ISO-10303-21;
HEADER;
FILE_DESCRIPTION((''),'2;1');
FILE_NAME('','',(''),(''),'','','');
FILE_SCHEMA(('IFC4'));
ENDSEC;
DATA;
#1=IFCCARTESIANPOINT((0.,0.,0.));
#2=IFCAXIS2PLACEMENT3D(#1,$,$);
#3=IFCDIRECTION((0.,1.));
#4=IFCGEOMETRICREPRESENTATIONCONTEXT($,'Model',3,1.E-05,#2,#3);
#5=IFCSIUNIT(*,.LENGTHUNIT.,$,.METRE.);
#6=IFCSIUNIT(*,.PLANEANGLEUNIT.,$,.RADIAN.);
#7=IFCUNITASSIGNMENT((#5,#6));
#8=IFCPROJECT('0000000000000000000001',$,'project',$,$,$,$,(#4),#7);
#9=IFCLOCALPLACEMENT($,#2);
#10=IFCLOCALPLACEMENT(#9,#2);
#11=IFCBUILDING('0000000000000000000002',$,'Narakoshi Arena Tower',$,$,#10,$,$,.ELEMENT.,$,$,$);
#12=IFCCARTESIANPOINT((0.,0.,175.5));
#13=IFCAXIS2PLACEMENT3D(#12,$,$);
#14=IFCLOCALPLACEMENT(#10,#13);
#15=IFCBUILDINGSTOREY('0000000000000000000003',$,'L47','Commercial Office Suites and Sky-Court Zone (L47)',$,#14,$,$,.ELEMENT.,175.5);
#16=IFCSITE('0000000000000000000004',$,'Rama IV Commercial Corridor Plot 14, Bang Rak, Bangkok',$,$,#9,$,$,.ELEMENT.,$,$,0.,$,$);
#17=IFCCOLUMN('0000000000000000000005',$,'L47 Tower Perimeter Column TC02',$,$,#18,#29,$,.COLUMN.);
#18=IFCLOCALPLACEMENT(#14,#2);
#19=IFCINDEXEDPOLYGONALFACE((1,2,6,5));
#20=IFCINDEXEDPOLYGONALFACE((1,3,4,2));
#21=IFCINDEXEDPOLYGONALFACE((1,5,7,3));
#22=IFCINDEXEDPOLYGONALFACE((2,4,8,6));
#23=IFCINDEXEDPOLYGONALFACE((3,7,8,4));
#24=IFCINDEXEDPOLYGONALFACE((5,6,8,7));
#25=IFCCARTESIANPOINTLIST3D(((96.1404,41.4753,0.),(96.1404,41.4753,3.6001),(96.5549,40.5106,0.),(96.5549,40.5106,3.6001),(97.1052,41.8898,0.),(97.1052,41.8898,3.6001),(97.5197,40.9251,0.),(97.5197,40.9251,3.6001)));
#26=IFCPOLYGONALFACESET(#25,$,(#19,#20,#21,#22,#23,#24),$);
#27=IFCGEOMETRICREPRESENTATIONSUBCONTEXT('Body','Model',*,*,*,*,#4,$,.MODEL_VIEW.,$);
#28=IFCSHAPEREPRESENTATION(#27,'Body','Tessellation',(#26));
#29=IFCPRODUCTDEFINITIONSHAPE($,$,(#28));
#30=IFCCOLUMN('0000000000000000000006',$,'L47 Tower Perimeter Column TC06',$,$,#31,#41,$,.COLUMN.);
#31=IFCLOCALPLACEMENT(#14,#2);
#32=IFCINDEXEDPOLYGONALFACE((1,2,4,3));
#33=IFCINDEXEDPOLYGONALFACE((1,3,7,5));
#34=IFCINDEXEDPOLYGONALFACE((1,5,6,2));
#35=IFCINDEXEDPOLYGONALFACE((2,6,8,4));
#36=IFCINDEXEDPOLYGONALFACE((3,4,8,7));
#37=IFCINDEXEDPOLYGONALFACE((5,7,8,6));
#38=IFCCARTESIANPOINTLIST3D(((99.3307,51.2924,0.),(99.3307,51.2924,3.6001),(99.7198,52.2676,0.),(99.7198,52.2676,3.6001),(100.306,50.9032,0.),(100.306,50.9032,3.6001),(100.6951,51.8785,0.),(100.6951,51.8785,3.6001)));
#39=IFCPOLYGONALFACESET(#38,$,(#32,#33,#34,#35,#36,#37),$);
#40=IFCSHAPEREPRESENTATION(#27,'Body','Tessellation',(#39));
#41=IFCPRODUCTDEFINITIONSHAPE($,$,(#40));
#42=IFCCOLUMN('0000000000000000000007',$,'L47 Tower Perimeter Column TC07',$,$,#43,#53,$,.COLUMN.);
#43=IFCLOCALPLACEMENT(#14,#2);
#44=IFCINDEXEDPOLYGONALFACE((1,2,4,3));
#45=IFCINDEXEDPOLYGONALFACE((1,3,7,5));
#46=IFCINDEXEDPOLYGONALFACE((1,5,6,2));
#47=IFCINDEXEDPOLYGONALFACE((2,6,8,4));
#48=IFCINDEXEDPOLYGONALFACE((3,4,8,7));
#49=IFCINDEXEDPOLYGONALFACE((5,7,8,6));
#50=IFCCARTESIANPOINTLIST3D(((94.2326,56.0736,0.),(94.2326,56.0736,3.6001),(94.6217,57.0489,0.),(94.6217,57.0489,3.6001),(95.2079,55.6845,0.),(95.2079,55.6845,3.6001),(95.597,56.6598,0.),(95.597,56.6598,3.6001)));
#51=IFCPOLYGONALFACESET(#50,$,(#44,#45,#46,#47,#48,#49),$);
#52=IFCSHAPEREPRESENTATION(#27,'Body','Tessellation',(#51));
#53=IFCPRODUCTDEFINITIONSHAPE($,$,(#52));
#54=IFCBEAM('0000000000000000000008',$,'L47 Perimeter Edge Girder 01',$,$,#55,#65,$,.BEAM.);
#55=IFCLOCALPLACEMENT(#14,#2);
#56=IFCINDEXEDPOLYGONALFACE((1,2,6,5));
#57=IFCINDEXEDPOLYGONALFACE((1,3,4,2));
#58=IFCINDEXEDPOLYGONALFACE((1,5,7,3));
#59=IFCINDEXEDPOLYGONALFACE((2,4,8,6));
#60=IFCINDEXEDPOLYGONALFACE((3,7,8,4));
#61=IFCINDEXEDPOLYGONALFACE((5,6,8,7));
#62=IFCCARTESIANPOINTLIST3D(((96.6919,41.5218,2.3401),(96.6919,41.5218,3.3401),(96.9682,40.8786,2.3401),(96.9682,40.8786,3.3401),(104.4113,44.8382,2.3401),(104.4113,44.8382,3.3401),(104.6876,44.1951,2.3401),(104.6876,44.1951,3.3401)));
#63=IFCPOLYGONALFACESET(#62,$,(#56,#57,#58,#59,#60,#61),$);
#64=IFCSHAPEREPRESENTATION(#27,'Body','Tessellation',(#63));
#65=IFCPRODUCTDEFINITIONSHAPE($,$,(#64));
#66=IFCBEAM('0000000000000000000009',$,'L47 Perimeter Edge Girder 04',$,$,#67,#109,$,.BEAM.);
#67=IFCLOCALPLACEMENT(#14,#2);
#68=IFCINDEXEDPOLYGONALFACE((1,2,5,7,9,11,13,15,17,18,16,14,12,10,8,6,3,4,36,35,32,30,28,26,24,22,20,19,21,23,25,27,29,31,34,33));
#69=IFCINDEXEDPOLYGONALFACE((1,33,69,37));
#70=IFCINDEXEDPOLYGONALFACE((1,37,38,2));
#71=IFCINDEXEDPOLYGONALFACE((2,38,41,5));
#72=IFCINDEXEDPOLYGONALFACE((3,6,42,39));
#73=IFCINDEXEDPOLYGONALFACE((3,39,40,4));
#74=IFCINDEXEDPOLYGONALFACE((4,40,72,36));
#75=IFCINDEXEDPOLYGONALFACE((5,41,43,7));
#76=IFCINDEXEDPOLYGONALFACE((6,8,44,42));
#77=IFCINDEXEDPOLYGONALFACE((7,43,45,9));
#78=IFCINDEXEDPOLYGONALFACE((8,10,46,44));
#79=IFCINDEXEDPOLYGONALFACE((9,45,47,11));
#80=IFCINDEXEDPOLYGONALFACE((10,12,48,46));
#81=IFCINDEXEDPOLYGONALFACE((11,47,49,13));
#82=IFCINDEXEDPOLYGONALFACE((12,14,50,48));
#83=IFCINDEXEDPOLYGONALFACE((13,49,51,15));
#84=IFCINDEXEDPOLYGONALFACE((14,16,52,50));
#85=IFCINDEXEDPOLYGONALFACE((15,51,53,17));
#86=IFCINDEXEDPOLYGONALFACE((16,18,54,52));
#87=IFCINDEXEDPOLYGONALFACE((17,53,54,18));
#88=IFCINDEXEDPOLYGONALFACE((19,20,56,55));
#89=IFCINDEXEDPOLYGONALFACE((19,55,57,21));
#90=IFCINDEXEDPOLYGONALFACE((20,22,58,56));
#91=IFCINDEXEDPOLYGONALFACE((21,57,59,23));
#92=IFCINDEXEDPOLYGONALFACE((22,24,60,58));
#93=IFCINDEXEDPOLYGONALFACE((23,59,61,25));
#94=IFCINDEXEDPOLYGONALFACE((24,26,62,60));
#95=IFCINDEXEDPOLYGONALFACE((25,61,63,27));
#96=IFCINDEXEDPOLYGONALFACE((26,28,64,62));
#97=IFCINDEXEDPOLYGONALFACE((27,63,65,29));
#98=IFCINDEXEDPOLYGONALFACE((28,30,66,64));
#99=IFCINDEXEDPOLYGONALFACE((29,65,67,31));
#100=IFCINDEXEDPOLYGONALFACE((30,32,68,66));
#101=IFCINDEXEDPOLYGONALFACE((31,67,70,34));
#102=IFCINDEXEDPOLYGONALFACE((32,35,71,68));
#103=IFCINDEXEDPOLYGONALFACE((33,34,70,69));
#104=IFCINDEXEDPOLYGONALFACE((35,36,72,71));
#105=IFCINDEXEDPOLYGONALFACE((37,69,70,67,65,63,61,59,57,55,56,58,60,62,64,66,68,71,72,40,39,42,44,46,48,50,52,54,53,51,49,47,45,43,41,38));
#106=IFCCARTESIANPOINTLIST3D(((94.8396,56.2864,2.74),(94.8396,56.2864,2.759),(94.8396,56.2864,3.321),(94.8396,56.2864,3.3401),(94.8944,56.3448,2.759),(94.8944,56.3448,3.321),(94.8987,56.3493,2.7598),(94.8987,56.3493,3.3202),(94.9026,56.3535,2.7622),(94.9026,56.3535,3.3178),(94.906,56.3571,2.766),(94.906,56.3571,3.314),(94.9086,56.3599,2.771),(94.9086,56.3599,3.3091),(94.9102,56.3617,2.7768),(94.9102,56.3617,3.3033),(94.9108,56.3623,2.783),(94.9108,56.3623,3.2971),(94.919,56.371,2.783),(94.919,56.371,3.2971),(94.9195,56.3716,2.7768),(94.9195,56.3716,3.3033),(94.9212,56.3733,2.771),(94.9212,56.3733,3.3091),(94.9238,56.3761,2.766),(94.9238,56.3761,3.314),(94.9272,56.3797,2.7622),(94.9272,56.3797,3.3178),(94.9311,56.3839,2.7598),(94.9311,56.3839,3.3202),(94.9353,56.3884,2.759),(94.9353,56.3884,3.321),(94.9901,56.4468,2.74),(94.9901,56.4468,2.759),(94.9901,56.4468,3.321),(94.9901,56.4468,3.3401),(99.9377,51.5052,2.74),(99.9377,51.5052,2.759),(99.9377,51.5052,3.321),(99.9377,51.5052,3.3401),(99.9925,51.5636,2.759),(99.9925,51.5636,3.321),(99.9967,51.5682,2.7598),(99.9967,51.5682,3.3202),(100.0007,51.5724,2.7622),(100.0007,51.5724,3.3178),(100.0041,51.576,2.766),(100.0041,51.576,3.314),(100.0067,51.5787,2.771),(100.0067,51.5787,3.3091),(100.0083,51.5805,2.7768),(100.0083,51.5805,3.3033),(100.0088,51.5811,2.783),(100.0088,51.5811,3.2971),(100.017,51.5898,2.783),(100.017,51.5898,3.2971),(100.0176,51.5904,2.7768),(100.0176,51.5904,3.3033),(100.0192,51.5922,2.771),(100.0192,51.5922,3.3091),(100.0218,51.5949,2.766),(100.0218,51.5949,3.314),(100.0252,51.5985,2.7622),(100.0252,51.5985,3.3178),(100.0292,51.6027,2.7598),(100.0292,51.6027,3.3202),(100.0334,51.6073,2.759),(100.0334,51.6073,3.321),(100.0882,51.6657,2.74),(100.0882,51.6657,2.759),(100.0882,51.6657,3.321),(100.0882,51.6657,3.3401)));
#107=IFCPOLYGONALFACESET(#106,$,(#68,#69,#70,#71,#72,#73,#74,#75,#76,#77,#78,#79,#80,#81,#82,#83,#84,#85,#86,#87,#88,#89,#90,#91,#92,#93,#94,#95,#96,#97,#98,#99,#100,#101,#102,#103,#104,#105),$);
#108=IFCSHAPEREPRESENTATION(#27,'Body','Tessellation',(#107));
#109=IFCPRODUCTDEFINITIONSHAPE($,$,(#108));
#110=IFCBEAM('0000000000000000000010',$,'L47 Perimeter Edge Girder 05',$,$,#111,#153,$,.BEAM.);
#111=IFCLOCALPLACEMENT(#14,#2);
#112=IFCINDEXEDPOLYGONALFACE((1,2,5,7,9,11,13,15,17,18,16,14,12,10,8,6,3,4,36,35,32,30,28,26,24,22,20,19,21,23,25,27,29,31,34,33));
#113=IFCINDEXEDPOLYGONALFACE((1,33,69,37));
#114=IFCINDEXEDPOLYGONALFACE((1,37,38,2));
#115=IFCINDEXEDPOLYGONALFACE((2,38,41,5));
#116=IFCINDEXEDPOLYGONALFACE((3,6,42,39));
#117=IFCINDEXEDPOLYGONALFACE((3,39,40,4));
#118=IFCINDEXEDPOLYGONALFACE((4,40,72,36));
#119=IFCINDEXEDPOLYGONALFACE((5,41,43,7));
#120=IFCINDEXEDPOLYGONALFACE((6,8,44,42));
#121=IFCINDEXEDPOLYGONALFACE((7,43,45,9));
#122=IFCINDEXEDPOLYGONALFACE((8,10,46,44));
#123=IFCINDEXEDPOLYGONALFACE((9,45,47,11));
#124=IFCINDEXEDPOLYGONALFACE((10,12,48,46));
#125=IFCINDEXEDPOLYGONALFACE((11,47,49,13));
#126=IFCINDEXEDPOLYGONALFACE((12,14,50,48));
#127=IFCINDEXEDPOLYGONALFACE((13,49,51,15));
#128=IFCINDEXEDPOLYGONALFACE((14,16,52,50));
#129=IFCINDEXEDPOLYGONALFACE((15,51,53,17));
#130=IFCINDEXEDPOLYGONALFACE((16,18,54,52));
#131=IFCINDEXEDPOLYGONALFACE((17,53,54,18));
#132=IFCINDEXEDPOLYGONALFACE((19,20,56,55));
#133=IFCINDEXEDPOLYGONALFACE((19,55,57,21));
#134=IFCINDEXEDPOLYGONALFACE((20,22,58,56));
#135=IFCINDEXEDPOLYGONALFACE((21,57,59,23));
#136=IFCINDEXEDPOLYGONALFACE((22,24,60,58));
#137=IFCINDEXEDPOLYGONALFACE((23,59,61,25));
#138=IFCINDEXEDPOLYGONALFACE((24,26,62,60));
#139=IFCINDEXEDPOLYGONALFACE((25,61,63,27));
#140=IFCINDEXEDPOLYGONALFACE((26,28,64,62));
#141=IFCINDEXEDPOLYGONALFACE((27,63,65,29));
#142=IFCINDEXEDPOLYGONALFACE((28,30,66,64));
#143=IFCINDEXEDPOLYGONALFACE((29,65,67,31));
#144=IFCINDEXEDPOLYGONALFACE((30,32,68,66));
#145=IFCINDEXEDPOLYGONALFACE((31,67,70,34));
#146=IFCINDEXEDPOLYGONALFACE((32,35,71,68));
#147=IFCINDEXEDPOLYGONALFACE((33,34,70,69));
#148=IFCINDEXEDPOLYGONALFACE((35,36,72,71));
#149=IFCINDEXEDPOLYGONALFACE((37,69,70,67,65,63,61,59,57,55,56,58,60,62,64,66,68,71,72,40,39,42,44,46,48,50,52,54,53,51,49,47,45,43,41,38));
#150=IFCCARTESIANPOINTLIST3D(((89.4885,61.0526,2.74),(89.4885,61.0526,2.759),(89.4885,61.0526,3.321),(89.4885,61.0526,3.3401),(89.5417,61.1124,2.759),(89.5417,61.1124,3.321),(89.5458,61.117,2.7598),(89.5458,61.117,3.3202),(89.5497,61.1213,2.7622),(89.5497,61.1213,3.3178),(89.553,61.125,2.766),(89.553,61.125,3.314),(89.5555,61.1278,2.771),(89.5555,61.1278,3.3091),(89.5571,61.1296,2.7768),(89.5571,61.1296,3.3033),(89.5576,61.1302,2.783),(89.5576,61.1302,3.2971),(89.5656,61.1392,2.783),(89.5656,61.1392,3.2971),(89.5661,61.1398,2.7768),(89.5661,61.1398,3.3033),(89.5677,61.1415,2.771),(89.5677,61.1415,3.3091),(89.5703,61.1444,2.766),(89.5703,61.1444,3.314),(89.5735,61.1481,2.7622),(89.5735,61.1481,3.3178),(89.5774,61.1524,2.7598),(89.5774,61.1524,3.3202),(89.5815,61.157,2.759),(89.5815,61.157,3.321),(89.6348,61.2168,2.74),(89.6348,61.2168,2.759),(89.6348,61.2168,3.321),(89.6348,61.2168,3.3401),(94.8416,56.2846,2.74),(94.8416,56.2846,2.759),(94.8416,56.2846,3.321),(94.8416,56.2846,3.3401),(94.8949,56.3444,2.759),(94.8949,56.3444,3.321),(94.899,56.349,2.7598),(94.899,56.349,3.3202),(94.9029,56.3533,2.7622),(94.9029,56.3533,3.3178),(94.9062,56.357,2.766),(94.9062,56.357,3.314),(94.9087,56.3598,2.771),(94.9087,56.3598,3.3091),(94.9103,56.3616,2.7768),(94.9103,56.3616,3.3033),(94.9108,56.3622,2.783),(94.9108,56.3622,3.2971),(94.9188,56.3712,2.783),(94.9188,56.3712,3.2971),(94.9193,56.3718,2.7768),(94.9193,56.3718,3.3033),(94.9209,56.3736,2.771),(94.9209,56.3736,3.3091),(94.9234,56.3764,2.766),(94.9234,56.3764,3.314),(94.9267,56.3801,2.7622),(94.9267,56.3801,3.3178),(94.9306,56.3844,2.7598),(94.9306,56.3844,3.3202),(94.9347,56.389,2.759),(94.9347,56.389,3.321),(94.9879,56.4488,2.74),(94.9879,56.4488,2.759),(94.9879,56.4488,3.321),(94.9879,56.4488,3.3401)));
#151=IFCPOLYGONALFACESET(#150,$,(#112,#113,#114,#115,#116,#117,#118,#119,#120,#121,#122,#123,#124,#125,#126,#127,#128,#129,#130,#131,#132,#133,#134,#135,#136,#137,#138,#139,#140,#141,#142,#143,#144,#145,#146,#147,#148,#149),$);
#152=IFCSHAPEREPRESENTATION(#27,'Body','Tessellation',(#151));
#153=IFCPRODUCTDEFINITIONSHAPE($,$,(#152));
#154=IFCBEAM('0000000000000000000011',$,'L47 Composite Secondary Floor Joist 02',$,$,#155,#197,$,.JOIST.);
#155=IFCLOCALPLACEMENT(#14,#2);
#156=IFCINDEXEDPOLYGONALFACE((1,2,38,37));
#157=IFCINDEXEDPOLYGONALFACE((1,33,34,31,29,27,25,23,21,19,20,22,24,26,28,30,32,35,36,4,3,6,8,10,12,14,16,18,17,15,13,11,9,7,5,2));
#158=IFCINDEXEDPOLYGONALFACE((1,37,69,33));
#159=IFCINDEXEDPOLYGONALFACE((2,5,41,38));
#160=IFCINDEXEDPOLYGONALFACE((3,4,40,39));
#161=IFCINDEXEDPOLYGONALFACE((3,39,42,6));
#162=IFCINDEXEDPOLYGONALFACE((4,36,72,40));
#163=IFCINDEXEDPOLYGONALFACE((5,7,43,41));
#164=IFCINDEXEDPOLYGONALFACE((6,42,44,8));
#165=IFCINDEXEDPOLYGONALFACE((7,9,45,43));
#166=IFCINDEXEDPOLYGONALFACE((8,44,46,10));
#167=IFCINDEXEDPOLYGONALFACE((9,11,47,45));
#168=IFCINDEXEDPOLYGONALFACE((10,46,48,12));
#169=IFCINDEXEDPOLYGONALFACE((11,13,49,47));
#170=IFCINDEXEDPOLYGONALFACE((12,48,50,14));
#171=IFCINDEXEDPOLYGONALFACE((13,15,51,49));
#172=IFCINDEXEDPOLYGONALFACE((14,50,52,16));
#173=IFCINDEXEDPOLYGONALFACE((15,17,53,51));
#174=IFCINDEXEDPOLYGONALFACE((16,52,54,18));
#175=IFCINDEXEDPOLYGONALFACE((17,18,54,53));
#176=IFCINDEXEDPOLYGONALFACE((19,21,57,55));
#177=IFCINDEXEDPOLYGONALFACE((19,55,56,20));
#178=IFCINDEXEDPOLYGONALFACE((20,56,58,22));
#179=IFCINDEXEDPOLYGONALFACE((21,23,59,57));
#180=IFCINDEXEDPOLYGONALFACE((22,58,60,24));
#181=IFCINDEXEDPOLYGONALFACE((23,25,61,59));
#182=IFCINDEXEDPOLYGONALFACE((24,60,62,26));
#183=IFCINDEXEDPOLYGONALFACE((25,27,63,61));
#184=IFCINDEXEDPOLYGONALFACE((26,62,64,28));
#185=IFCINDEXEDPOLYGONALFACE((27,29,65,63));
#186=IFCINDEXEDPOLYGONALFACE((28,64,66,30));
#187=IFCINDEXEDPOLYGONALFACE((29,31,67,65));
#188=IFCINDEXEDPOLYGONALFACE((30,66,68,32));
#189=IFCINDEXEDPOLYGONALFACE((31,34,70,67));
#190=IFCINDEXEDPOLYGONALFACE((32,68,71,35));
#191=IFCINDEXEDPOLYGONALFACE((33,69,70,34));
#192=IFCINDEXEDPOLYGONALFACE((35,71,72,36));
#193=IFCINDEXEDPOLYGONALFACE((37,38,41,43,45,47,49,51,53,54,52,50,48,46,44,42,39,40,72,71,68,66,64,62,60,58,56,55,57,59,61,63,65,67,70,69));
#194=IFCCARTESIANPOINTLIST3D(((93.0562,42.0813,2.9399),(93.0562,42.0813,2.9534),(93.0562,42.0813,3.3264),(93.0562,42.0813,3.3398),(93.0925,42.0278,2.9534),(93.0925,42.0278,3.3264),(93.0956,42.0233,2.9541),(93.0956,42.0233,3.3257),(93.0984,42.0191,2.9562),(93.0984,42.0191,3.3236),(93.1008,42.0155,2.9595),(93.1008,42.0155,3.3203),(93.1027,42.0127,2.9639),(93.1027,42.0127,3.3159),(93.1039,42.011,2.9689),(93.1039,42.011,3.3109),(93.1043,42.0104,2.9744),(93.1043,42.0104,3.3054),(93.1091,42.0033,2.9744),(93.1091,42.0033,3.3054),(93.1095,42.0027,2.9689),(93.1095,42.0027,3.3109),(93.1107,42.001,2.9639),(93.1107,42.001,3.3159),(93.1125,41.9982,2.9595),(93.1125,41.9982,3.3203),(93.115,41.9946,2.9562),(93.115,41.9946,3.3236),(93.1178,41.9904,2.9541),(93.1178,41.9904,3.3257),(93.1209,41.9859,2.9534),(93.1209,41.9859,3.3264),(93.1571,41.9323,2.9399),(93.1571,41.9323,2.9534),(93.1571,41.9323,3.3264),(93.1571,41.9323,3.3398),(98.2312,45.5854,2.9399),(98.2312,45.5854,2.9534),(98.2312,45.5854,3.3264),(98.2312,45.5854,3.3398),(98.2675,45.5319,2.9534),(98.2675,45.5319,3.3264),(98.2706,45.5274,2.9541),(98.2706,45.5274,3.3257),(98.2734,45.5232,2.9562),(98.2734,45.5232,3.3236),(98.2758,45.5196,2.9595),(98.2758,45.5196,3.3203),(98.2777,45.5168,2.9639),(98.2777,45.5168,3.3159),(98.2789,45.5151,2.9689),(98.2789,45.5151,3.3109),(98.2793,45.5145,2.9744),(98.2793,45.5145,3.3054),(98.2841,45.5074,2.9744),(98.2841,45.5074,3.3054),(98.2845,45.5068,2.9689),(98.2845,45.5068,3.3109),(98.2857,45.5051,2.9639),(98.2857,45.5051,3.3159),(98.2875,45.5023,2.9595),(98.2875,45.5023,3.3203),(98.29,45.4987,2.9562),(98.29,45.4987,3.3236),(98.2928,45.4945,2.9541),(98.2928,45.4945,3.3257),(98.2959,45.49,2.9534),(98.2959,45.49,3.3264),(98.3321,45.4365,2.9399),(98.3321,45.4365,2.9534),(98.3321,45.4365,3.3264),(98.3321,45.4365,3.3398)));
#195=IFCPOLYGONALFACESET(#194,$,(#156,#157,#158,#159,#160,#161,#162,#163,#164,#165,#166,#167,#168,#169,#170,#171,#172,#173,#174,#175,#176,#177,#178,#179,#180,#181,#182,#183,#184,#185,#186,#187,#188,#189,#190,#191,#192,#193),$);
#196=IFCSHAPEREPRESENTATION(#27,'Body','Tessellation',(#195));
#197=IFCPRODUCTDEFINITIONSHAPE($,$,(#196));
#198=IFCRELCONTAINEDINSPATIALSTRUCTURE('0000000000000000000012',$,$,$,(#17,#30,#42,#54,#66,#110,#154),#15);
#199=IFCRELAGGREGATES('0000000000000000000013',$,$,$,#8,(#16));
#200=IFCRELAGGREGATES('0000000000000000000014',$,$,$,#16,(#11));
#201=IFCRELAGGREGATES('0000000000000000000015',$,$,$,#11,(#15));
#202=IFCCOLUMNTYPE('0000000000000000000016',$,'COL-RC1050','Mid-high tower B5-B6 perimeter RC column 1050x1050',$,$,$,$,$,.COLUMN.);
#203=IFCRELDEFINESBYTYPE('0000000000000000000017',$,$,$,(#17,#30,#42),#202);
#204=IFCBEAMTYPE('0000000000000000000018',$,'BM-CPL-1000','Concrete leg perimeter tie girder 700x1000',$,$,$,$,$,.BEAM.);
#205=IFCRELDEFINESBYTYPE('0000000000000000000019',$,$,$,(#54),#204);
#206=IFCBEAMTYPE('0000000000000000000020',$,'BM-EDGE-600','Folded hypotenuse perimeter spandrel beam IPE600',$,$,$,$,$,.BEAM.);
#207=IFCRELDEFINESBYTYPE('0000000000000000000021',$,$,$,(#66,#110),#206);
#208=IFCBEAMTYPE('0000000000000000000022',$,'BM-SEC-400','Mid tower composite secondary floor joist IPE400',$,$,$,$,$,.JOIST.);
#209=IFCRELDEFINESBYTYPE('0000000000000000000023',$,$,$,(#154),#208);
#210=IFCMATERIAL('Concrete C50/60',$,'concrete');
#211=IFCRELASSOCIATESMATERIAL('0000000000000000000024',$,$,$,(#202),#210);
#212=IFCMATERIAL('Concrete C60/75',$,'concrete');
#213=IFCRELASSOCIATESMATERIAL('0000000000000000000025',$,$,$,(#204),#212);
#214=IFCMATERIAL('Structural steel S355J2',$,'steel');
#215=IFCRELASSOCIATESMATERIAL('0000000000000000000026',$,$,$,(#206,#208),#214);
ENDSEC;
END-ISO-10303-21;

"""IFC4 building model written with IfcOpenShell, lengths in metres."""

from ifc_helpers import new_model, si_unit, direction, frame, origin, origin_2d, place, context, subcontext, project, spatial, rectangle, i_section, extrude, material, material_profile, profile_set, type_object, element, save


model = new_model("IFC4")

# Units and contexts
model_context = context("Model", 3, precision=1e-05, world=origin(), true_north=direction((0.0, 1.0)))
body_context = subcontext(model_context, "Body", "Model", "MODEL_VIEW")
ifc_project = project(units=[si_unit("LENGTHUNIT", "METRE"), si_unit("PLANEANGLEUNIT", "RADIAN")], contexts=[model_context])

# Site, building, storey
site_placement = place(None, origin())
site = spatial("IfcSite", under=ifc_project, at=site_placement, Name="Rama IV Commercial Corridor Plot 14, Bang Rak, Bangkok", CompositionType="ELEMENT", RefElevation=0.0)
building_placement = place(site_placement, origin())
building = spatial("IfcBuilding", under=site, at=building_placement, Name="Narakoshi Arena Tower", CompositionType="ELEMENT")
storey_placement = place(building_placement, frame((0.0, 0.0, 175.5)))
storey = spatial("IfcBuildingStorey", under=building, at=storey_placement, Name="L47", Description="Commercial Office Suites and Sky-Court Zone (L47)", CompositionType="ELEMENT", Elevation=175.5)

# Columns
ifc_material_1 = material(Name="Concrete C50/60", Category="concrete")
ifc_material_profile_1 = material_profile(ifc_material_1, rectangle(XDim=1.05, YDim=1.05, at=origin_2d()), Name="RC1050x1050")
ifc_profile_set_1 = profile_set([ifc_material_profile_1], Name="Concrete C50/60")
column_type = type_object("IfcColumnType", Name="COL-RC1050", Description="Mid-high tower B5-B6 perimeter RC column 1050x1050", PredefinedType="COLUMN", material=ifc_profile_set_1)
for number, where, z_axis, x_axis, name in (
    (1, (96.8301, 41.2002, 0.0), (0.0, 0.0, 1.0), (0.918791, 0.394744, 0.0), "L47 Tower Perimeter Column TC02"),
    (2, (100.0129, 51.5854, 0.0), (0.0, 0.0, 1.0), (0.370557, 0.92881, 0.0), "L47 Tower Perimeter Column TC06"),
    (3, (94.9148, 56.3667, 0.0), (0.0, 0.0, 1.0), (0.370557, 0.92881, 0.0), "L47 Tower Perimeter Column TC07"),
):
    element("IfcColumn", number, at=place(storey_placement, frame(where, z_axis=z_axis, x_axis=x_axis)), inside=storey, type_object=column_type, Name=name, PredefinedType="COLUMN", context=body_context, shape_type="SweptSolid", body=[
        extrude(rectangle(XDim=1.05, YDim=1.05, at=origin_2d()), origin(), (0.0, 0.0, 1.0), 3.6001),
    ])

# Beams
ifc_material_2 = material(Name="Concrete C60/75", Category="concrete")
ifc_material_profile_2 = material_profile(ifc_material_2, rectangle(XDim=0.7, YDim=1.0, at=origin_2d()), Name="RCB700x1000")
ifc_profile_set_2 = profile_set([ifc_material_profile_2], Name="Concrete C60/75")
beam_type_1 = type_object("IfcBeamType", Name="BM-CPL-1000", Description="Concrete leg perimeter tie girder 700x1000", PredefinedType="BEAM", material=ifc_profile_set_2)
beam_1_placement = place(storey_placement, frame((96.8301, 41.2002, 2.8401), z_axis=(0.918793, 0.39474, 0.0), x_axis=(-0.39474, 0.918793, 0.0)))
element("IfcBeam", 4, at=beam_1_placement, inside=storey, type_object=beam_type_1, Name="L47 Perimeter Edge Girder 01", PredefinedType="BEAM", context=body_context, shape_type="SweptSolid", body=[
    extrude(rectangle(XDim=0.7, YDim=1.0, at=origin_2d()), origin(), (0.0, 0.0, 1.0), 8.4016),
])
ifc_material_3 = material(Name="Structural steel S355J2", Category="steel")
ifc_material_profile_3 = material_profile(ifc_material_3, i_section(OverallWidth=0.22, OverallDepth=0.6001, WebThickness=0.012, FlangeThickness=0.019, FilletRadius=0.0239, at=origin_2d()), Name="IPE600")
ifc_profile_set_3 = profile_set([ifc_material_profile_3], Name="Structural steel S355J2")
beam_type_2 = type_object("IfcBeamType", Name="BM-EDGE-600", Description="Folded hypotenuse perimeter spandrel beam IPE600", PredefinedType="BEAM", material=ifc_profile_set_3)
beam_2_placement = place(storey_placement, frame((100.0129, 51.5854, 3.04), z_axis=(-0.729413, 0.684074, 0.0), x_axis=(-0.684074, -0.729413, 0.0)))
element("IfcBeam", 5, at=beam_2_placement, inside=storey, type_object=beam_type_2, Name="L47 Perimeter Edge Girder 04", PredefinedType="BEAM", context=body_context, shape_type="SweptSolid", body=[
    extrude(i_section(OverallWidth=0.22, OverallDepth=0.6001, WebThickness=0.012, FlangeThickness=0.019, FilletRadius=0.0239, at=origin_2d()), origin(), (0.0, 0.0, 1.0), 6.9893),
])
beam_3_placement = place(storey_placement, frame((94.9148, 56.3667, 3.04), z_axis=(-0.746744, 0.665112, 0.0), x_axis=(-0.665112, -0.746744, 0.0)))
element("IfcBeam", 6, at=beam_3_placement, inside=storey, type_object=beam_type_2, Name="L47 Perimeter Edge Girder 05", PredefinedType="BEAM", context=body_context, shape_type="SweptSolid", body=[
    extrude(i_section(OverallWidth=0.22, OverallDepth=0.6001, WebThickness=0.012, FlangeThickness=0.019, FilletRadius=0.0239, at=origin_2d()), origin(), (0.0, 0.0, 1.0), 7.1687),
])
ifc_material_profile_4 = material_profile(ifc_material_3, i_section(OverallWidth=0.1799, OverallDepth=0.3999, WebThickness=0.0085, FlangeThickness=0.0134, FilletRadius=0.021, at=origin_2d()), Name="IPE400")
ifc_profile_set_4 = profile_set([ifc_material_profile_4], Name="Structural steel S355J2")
beam_type_3 = type_object("IfcBeamType", Name="BM-SEC-400", Description="Mid tower composite secondary floor joist IPE400", PredefinedType="JOIST", material=ifc_profile_set_4)
beam_4_placement = place(storey_placement, frame((93.1067, 42.0068, 3.1399), z_axis=(0.828032, 0.560681, 0.0), x_axis=(-0.560681, 0.828032, 0.0)))
element("IfcBeam", 7, at=beam_4_placement, inside=storey, type_object=beam_type_3, Name="L47 Composite Secondary Floor Joist 02", PredefinedType="JOIST", context=body_context, shape_type="SweptSolid", body=[
    extrude(i_section(OverallWidth=0.1799, OverallDepth=0.3999, WebThickness=0.0085, FlangeThickness=0.0134, FilletRadius=0.021, at=origin_2d()), origin(), (0.0, 0.0, 1.0), 6.2498),
])

save(model, "model.ifc")
